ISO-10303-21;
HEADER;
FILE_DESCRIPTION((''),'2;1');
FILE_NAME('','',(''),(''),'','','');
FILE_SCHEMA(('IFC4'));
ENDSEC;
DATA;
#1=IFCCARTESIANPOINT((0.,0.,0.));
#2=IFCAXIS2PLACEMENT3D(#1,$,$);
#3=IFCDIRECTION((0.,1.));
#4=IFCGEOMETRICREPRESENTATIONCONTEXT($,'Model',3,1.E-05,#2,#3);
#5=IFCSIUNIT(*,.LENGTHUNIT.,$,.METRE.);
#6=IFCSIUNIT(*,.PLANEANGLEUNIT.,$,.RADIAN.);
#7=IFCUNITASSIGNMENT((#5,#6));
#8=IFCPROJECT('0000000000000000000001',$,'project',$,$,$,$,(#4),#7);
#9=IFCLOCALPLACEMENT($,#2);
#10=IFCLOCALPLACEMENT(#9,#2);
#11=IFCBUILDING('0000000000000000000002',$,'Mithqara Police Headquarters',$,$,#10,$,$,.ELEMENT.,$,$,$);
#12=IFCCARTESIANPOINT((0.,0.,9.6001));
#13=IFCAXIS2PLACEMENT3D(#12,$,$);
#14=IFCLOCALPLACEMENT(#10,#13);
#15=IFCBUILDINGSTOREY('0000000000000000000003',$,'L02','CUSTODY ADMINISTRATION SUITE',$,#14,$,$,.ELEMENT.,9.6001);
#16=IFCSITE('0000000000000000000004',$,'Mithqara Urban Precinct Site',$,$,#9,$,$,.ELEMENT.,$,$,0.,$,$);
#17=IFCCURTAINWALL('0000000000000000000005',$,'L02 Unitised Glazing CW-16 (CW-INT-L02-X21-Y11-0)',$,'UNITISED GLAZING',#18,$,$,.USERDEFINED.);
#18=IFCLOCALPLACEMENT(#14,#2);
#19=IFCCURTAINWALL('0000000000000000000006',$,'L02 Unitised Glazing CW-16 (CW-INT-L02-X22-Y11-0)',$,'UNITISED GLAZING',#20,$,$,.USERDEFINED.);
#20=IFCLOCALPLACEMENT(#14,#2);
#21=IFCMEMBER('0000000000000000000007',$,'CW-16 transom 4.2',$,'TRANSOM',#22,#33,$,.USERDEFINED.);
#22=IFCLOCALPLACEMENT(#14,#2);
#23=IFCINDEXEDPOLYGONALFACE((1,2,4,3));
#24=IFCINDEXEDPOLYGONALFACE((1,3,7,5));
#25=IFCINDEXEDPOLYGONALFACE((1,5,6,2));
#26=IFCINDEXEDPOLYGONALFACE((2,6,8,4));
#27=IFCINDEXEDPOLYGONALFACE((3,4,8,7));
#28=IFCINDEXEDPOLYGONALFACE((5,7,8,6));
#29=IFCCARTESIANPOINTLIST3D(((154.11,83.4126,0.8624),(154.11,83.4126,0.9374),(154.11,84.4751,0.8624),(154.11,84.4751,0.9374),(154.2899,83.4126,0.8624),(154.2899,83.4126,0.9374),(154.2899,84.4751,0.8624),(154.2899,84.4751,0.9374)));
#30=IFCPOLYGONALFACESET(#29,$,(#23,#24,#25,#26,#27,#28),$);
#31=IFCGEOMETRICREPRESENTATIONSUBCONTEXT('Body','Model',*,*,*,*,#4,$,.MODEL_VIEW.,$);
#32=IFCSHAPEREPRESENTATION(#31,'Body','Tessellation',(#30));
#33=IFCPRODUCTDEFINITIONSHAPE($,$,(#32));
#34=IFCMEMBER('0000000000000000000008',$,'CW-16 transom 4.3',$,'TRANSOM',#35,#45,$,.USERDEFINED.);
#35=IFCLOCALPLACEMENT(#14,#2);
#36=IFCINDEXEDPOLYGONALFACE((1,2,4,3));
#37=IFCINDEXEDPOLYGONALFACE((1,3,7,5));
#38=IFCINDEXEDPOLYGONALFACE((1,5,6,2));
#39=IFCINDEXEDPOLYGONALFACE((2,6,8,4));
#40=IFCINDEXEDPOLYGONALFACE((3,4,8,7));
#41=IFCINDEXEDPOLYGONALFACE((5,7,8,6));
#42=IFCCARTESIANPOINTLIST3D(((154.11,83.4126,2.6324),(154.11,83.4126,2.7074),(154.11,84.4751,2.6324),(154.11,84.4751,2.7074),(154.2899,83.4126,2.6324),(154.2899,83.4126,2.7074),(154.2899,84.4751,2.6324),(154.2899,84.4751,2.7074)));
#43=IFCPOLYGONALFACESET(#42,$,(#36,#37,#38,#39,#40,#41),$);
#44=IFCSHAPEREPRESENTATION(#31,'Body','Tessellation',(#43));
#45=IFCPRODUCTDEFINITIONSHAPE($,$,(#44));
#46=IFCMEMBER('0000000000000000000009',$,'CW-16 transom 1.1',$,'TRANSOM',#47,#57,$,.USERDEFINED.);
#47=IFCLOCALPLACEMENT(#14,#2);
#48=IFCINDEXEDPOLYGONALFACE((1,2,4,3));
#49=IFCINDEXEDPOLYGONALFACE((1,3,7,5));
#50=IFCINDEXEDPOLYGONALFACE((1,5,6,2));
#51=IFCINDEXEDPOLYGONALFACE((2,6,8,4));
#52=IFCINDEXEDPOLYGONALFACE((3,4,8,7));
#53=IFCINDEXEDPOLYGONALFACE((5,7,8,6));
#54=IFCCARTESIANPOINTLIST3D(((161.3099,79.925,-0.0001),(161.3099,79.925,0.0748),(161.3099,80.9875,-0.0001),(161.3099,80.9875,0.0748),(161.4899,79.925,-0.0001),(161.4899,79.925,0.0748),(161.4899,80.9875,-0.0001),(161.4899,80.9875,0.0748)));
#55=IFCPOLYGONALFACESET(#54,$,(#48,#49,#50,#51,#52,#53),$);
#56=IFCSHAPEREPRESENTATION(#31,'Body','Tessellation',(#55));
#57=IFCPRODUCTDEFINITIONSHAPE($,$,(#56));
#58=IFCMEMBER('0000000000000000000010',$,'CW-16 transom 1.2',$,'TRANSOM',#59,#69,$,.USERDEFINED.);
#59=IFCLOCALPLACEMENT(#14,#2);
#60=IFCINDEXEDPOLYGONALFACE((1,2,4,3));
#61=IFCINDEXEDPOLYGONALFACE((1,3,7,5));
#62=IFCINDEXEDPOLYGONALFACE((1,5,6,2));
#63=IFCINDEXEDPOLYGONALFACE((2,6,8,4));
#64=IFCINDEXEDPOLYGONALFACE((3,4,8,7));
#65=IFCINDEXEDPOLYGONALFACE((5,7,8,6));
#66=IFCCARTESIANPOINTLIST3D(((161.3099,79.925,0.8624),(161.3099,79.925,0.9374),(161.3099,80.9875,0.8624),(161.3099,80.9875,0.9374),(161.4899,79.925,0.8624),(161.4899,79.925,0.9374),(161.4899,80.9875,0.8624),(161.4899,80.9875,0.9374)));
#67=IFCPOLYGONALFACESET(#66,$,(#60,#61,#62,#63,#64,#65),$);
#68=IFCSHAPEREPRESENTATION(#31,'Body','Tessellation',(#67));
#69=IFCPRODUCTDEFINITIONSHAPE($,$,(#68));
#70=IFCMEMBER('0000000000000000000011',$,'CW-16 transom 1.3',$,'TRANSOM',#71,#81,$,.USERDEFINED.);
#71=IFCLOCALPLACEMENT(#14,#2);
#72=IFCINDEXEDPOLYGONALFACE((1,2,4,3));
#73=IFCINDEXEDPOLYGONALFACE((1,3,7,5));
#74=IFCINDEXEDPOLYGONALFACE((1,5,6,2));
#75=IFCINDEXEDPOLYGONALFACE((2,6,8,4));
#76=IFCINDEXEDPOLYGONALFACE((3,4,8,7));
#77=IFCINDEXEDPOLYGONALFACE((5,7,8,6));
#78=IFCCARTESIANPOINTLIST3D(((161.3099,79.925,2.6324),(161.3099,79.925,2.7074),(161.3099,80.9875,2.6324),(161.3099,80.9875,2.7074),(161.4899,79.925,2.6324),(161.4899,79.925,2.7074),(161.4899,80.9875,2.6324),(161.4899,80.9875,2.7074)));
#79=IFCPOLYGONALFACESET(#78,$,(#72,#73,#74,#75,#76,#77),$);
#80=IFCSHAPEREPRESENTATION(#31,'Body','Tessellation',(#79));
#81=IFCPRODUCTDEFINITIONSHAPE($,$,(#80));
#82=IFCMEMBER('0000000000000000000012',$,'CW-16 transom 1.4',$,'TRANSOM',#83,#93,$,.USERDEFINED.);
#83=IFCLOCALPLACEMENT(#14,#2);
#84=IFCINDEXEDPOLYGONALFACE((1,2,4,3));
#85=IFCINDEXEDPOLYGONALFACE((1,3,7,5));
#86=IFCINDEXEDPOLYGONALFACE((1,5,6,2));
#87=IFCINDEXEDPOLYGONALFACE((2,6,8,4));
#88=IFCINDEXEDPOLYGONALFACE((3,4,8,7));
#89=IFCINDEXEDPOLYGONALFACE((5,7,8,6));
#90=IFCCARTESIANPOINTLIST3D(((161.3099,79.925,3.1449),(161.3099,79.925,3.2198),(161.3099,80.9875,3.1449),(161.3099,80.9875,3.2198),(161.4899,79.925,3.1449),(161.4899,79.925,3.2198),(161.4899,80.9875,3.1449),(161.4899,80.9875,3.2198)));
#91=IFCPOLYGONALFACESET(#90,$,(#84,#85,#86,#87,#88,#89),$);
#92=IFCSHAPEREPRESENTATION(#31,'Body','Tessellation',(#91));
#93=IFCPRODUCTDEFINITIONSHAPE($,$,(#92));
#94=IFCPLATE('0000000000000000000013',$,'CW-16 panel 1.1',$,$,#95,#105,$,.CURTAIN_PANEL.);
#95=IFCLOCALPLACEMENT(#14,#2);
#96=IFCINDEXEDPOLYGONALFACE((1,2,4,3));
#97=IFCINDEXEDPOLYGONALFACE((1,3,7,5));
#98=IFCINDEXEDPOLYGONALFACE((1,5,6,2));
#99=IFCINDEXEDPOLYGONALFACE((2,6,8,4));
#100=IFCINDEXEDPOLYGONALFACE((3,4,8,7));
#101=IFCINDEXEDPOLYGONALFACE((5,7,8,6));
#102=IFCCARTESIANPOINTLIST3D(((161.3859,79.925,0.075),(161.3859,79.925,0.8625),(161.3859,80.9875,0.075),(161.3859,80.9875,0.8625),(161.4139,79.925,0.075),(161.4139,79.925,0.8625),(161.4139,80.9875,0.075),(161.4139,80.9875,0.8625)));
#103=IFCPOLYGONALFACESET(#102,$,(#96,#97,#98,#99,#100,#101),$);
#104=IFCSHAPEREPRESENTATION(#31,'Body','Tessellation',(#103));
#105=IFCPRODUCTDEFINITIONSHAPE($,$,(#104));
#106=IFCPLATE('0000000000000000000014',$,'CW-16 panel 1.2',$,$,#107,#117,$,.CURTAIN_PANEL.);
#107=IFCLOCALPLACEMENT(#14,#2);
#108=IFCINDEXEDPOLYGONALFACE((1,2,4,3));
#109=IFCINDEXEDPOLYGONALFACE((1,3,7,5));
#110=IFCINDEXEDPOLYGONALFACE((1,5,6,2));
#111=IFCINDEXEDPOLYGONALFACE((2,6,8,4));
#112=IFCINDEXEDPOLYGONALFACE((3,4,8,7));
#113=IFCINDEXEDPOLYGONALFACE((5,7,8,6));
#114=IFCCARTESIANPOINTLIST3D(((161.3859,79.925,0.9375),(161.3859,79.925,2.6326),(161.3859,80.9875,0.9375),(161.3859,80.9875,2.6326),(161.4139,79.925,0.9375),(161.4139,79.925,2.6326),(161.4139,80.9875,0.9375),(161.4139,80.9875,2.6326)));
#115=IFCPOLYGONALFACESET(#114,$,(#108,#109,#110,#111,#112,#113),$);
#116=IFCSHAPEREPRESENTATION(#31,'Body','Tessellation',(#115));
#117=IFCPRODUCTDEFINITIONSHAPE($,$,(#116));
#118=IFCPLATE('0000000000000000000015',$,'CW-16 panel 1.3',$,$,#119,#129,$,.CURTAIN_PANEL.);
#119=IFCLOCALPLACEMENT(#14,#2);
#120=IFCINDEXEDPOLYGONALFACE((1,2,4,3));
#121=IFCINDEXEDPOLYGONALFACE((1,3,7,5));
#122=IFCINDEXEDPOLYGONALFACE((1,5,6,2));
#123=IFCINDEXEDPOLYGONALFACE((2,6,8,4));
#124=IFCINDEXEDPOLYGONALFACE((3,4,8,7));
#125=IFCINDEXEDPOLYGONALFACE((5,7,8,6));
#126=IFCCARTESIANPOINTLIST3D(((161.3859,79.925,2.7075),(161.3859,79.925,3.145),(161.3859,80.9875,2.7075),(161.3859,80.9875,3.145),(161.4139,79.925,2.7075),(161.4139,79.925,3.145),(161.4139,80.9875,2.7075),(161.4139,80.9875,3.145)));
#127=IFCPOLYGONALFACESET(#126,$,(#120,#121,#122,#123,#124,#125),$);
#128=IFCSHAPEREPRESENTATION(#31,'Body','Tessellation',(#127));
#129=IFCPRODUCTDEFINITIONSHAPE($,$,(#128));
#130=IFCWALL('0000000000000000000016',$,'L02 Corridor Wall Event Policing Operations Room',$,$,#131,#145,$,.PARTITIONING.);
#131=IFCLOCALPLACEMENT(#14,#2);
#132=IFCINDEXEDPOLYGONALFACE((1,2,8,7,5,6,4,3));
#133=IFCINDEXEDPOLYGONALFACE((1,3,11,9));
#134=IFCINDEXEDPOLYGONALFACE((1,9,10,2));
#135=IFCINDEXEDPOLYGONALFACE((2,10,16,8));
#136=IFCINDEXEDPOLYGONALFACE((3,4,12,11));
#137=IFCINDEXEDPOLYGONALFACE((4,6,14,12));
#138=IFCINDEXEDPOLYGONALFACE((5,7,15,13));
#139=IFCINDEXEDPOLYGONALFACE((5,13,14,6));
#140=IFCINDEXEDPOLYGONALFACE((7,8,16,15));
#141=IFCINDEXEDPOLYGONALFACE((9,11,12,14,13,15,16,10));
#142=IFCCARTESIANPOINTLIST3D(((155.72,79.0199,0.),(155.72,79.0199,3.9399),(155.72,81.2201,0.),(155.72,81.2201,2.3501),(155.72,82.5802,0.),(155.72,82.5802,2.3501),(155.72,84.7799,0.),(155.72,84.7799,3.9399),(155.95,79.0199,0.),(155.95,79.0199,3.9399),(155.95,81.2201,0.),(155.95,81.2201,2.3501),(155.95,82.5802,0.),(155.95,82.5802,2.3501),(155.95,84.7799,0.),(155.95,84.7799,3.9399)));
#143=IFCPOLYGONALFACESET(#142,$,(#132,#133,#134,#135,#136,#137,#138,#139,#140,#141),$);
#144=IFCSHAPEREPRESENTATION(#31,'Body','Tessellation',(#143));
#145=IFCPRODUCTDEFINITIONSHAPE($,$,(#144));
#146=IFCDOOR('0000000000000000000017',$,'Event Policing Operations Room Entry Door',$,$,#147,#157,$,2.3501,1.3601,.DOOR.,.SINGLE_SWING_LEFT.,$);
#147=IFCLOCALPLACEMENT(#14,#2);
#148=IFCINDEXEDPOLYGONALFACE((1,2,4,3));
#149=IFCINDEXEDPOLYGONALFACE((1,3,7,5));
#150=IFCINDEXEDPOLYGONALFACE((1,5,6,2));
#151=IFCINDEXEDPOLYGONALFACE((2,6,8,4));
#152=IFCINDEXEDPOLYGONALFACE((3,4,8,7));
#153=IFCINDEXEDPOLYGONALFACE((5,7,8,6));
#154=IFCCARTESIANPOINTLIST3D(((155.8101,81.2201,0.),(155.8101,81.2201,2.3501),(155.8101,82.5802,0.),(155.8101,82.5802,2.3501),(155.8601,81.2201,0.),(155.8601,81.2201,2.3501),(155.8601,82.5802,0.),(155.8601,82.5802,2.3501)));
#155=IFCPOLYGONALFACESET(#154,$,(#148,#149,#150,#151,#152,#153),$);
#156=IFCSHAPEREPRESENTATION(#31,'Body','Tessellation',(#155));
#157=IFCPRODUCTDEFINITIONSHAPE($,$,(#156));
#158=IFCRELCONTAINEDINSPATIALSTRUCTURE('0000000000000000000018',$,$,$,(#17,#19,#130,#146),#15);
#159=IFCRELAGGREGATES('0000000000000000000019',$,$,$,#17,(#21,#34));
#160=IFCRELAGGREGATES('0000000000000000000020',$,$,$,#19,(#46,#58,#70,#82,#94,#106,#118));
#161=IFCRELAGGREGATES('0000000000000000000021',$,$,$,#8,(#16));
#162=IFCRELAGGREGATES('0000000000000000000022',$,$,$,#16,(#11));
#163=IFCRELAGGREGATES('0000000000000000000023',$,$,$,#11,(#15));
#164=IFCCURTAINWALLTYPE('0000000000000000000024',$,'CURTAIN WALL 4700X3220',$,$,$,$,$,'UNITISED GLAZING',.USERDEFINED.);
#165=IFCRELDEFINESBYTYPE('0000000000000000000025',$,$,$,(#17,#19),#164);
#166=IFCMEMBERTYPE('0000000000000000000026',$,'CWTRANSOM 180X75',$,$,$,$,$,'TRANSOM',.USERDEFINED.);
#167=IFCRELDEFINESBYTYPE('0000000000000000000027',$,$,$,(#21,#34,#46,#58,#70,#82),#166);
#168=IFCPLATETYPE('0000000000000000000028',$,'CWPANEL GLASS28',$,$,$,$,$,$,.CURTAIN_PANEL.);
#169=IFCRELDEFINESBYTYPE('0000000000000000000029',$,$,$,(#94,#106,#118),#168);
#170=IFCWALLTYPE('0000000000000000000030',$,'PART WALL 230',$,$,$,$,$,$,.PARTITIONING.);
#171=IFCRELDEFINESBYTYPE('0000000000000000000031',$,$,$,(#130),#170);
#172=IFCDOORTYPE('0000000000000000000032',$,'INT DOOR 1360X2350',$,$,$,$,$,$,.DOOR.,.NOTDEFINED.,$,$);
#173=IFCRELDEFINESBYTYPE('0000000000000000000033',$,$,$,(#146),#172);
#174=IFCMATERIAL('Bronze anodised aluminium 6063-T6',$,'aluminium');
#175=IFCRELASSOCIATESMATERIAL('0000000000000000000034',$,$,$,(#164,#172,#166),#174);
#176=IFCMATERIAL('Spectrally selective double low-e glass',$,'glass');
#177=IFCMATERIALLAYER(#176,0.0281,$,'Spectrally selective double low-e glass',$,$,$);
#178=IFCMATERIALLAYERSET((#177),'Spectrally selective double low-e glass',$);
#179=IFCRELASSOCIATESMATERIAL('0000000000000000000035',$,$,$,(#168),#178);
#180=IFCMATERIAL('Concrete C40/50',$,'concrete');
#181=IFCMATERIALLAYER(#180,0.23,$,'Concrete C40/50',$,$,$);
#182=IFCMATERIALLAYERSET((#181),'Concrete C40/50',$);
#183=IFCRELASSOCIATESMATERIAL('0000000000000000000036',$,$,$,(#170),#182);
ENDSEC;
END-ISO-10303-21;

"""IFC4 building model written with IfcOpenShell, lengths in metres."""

from ifc_helpers import new_model, si_unit, direction, frame, frame_2d, origin, origin_2d, place, context, subcontext, project, spatial, rectangle, extrude, material, layer, layer_set, material_profile, profile_set, type_object, element, fill, aggregate, save


model = new_model("IFC4")

# Units and contexts
model_context = context("Model", 3, precision=1e-05, world=origin(), true_north=direction((0.0, 1.0)))
body_context = subcontext(model_context, "Body", "Model", "MODEL_VIEW")
ifc_project = project(units=[si_unit("LENGTHUNIT", "METRE"), si_unit("PLANEANGLEUNIT", "RADIAN")], contexts=[model_context])

# Site, building, storey
site_placement = place(None, origin())
site = spatial("IfcSite", under=ifc_project, at=site_placement, Name="Mithqara Urban Precinct Site", CompositionType="ELEMENT", RefElevation=0.0)
building_placement = place(site_placement, origin())
building = spatial("IfcBuilding", under=site, at=building_placement, Name="Mithqara Police Headquarters", CompositionType="ELEMENT")
storey_placement = place(building_placement, frame((0.0, 0.0, 9.6001)))
storey = spatial("IfcBuildingStorey", under=building, at=storey_placement, Name="L02", Description="CUSTODY ADMINISTRATION SUITE", CompositionType="ELEMENT", Elevation=9.6001)

# Shared definitions
ifc_material_1 = material(Name="Concrete C40/50", Category="concrete")

# Curtain wall
ifc_material_2 = material(Name="Bronze anodised aluminium 6063-T6", Category="aluminium")
curtain_wall_type = type_object("IfcCurtainWallType", Name="CURTAIN WALL 4700X3220", ElementType="UNITISED GLAZING", PredefinedType="USERDEFINED", material=ifc_material_2)
curtain_wall_1_placement = place(storey_placement, origin())
curtain_wall_1 = element("IfcCurtainWall", 1, at=curtain_wall_1_placement, inside=storey, type_object=curtain_wall_type, Name="L02 Unitised Glazing CW-16 (CW-INT-L02-X21-Y11-0)", ObjectType="UNITISED GLAZING", PredefinedType="USERDEFINED")

# Curtain wall
curtain_wall_2_placement = place(storey_placement, origin())
curtain_wall_2 = element("IfcCurtainWall", 2, at=curtain_wall_2_placement, inside=storey, type_object=curtain_wall_type, Name="L02 Unitised Glazing CW-16 (CW-INT-L02-X22-Y11-0)", ObjectType="UNITISED GLAZING", PredefinedType="USERDEFINED")

# Members
ifc_material_profile_1 = material_profile(ifc_material_2, rectangle(XDim=0.1799, YDim=0.075, at=origin_2d()), Name="CWT 180x75")
ifc_profile_set_1 = profile_set([ifc_material_profile_1], Name="Bronze anodised aluminium 6063-T6")
member_type_1 = type_object("IfcMemberType", Name="CWTRANSOM 180X75", ElementType="TRANSOM", PredefinedType="USERDEFINED", material=ifc_profile_set_1)
member_1_placement = place(storey_placement, frame((154.2, 83.4126, 0.8999), z_axis=(0.0, 1.0, 0.0), x_axis=(-1.0, 0.0, 0.0)))
member_1 = element("IfcMember", 3, at=member_1_placement, type_object=member_type_1, Name="CW-16 transom 4.2", ObjectType="TRANSOM", PredefinedType="USERDEFINED", context=body_context, shape_type="SweptSolid", body=[
    extrude(rectangle(XDim=0.1799, YDim=0.075, at=origin_2d()), origin(), (0.0, 0.0, 1.0), 1.0625),
])
member_2_placement = place(storey_placement, frame((154.2, 83.4126, 2.6699), z_axis=(0.0, 1.0, 0.0), x_axis=(-1.0, 0.0, 0.0)))
member_2 = element("IfcMember", 4, at=member_2_placement, type_object=member_type_1, Name="CW-16 transom 4.3", ObjectType="TRANSOM", PredefinedType="USERDEFINED", context=body_context, shape_type="SweptSolid", body=[
    extrude(rectangle(XDim=0.1799, YDim=0.075, at=origin_2d()), origin(), (0.0, 0.0, 1.0), 1.0625),
])
aggregate(curtain_wall_1, [member_1, member_2])
member_3_placement = place(storey_placement, frame((161.3999, 79.925, 0.0374), z_axis=(0.0, 1.0, 0.0), x_axis=(-1.0, 0.0, 0.0)))
member_3 = element("IfcMember", 5, at=member_3_placement, type_object=member_type_1, Name="CW-16 transom 1.1", ObjectType="TRANSOM", PredefinedType="USERDEFINED", context=body_context, shape_type="SweptSolid", body=[
    extrude(rectangle(XDim=0.1799, YDim=0.075, at=origin_2d()), origin(), (0.0, 0.0, 1.0), 1.0625),
])
member_4_placement = place(storey_placement, frame((161.3999, 79.925, 0.8999), z_axis=(0.0, 1.0, 0.0), x_axis=(-1.0, 0.0, 0.0)))
member_4 = element("IfcMember", 6, at=member_4_placement, type_object=member_type_1, Name="CW-16 transom 1.2", ObjectType="TRANSOM", PredefinedType="USERDEFINED", context=body_context, shape_type="SweptSolid", body=[
    extrude(rectangle(XDim=0.1799, YDim=0.075, at=origin_2d()), origin(), (0.0, 0.0, 1.0), 1.0625),
])
member_5_placement = place(storey_placement, frame((161.3999, 79.925, 2.6699), z_axis=(0.0, 1.0, 0.0), x_axis=(-1.0, 0.0, 0.0)))
member_5 = element("IfcMember", 7, at=member_5_placement, type_object=member_type_1, Name="CW-16 transom 1.3", ObjectType="TRANSOM", PredefinedType="USERDEFINED", context=body_context, shape_type="SweptSolid", body=[
    extrude(rectangle(XDim=0.1799, YDim=0.075, at=origin_2d()), origin(), (0.0, 0.0, 1.0), 1.0625),
])
member_6_placement = place(storey_placement, frame((161.3999, 79.925, 3.1824), z_axis=(0.0, 1.0, 0.0), x_axis=(-1.0, 0.0, 0.0)))
member_6 = element("IfcMember", 8, at=member_6_placement, type_object=member_type_1, Name="CW-16 transom 1.4", ObjectType="TRANSOM", PredefinedType="USERDEFINED", context=body_context, shape_type="SweptSolid", body=[
    extrude(rectangle(XDim=0.1799, YDim=0.075, at=origin_2d()), origin(), (0.0, 0.0, 1.0), 1.0625),
])

# Plates
ifc_material_3 = material(Name="Spectrally selective double low-e glass", Category="glass")
ifc_layer_1 = layer(ifc_material_3, 0.0281, Name="Spectrally selective double low-e glass")
ifc_layer_set_1 = layer_set([ifc_layer_1], Name="Spectrally selective double low-e glass")
plate_type = type_object("IfcPlateType", Name="CWPANEL GLASS28", PredefinedType="CURTAIN_PANEL", material=ifc_layer_set_1)
plate_1_placement = place(storey_placement, frame((161.3999, 80.4563, 0.075), z_axis=(0.0, 0.0, 1.0), x_axis=(0.0, 1.0, 0.0)))
plate_1 = element("IfcPlate", 9, at=plate_1_placement, type_object=plate_type, Name="CW-16 panel 1.1", PredefinedType="CURTAIN_PANEL", context=body_context, shape_type="SweptSolid", body=[
    extrude(rectangle(XDim=1.0625, YDim=0.0281, at=origin_2d()), origin(), (0.0, 0.0, 1.0), 0.7876),
])
plate_2_placement = place(storey_placement, frame((161.3999, 80.4563, 0.9375), z_axis=(0.0, 0.0, 1.0), x_axis=(0.0, 1.0, 0.0)))
plate_2 = element("IfcPlate", 10, at=plate_2_placement, type_object=plate_type, Name="CW-16 panel 1.2", PredefinedType="CURTAIN_PANEL", context=body_context, shape_type="SweptSolid", body=[
    extrude(rectangle(XDim=1.0625, YDim=0.0281, at=origin_2d()), origin(), (0.0, 0.0, 1.0), 1.6951),
])
plate_3_placement = place(storey_placement, frame((161.3999, 80.4563, 2.7075), z_axis=(0.0, 0.0, 1.0), x_axis=(0.0, 1.0, 0.0)))
plate_3 = element("IfcPlate", 11, at=plate_3_placement, type_object=plate_type, Name="CW-16 panel 1.3", PredefinedType="CURTAIN_PANEL", context=body_context, shape_type="SweptSolid", body=[
    extrude(rectangle(XDim=1.0625, YDim=0.0281, at=origin_2d()), origin(), (0.0, 0.0, 1.0), 0.4375),
])
aggregate(curtain_wall_2, [member_3, member_4, member_5, member_6, plate_1, plate_2, plate_3])

# Wall, opening, door
ifc_layer_2 = layer(ifc_material_1, 0.23, Name="Concrete C40/50")
ifc_layer_set_2 = layer_set([ifc_layer_2], Name="Concrete C40/50")
wall_type = type_object("IfcWallType", Name="PART WALL 230", PredefinedType="PARTITIONING", material=ifc_layer_set_2)
wall_placement = place(storey_placement, frame((155.835, 79.02, 0.0), z_axis=(0.0, 0.0, 1.0), x_axis=(0.0, 1.0, 0.0)))
wall = element("IfcWall", 12, at=wall_placement, inside=storey, type_object=wall_type, Name="L02 Corridor Wall Event Policing Operations Room", PredefinedType="PARTITIONING", context=body_context, shape_type="SweptSolid", body=[
    extrude(rectangle(XDim=5.76, YDim=0.23, at=frame_2d((2.8799, 0.0))), origin(), (0.0, 0.0, 1.0), 3.9399),
])
opening_placement = place(wall_placement, frame((2.2, 0.0, 0.0)))
opening = element("IfcOpeningElement", 13, at=opening_placement, cuts=wall, PredefinedType="OPENING", context=body_context, shape_type="SweptSolid", body=[
    extrude(rectangle(XDim=1.3601, YDim=2.3501, at=frame_2d((0.6802, 1.175))), frame((0.0, 0.125, 0.0), z_axis=(0.0, -1.0, 0.0), x_axis=(1.0, 0.0, 0.0)), (0.0, 0.0, 1.0), 0.25),
])
door_type = type_object("IfcDoorType", Name="INT DOOR 1360X2350", OperationType="NOTDEFINED", PredefinedType="DOOR", material=ifc_material_2)
door_placement = place(opening_placement, origin())
door = element("IfcDoor", 14, at=door_placement, inside=storey, type_object=door_type, Name="Event Policing Operations Room Entry Door", OperationType="SINGLE_SWING_LEFT", OverallHeight=2.3501, OverallWidth=1.3601, PredefinedType="DOOR", context=body_context, shape_type="SweptSolid", body=[
    extrude(rectangle(XDim=1.3601, YDim=2.3501, at=frame_2d((0.6802, 1.175))), frame((0.0, 0.0249, 0.0), z_axis=(0.0, -1.0, 0.0), x_axis=(1.0, 0.0, 0.0)), (0.0, 0.0, 1.0), 0.05),
])
fill(opening, door)

save(model, "model.ifc")
